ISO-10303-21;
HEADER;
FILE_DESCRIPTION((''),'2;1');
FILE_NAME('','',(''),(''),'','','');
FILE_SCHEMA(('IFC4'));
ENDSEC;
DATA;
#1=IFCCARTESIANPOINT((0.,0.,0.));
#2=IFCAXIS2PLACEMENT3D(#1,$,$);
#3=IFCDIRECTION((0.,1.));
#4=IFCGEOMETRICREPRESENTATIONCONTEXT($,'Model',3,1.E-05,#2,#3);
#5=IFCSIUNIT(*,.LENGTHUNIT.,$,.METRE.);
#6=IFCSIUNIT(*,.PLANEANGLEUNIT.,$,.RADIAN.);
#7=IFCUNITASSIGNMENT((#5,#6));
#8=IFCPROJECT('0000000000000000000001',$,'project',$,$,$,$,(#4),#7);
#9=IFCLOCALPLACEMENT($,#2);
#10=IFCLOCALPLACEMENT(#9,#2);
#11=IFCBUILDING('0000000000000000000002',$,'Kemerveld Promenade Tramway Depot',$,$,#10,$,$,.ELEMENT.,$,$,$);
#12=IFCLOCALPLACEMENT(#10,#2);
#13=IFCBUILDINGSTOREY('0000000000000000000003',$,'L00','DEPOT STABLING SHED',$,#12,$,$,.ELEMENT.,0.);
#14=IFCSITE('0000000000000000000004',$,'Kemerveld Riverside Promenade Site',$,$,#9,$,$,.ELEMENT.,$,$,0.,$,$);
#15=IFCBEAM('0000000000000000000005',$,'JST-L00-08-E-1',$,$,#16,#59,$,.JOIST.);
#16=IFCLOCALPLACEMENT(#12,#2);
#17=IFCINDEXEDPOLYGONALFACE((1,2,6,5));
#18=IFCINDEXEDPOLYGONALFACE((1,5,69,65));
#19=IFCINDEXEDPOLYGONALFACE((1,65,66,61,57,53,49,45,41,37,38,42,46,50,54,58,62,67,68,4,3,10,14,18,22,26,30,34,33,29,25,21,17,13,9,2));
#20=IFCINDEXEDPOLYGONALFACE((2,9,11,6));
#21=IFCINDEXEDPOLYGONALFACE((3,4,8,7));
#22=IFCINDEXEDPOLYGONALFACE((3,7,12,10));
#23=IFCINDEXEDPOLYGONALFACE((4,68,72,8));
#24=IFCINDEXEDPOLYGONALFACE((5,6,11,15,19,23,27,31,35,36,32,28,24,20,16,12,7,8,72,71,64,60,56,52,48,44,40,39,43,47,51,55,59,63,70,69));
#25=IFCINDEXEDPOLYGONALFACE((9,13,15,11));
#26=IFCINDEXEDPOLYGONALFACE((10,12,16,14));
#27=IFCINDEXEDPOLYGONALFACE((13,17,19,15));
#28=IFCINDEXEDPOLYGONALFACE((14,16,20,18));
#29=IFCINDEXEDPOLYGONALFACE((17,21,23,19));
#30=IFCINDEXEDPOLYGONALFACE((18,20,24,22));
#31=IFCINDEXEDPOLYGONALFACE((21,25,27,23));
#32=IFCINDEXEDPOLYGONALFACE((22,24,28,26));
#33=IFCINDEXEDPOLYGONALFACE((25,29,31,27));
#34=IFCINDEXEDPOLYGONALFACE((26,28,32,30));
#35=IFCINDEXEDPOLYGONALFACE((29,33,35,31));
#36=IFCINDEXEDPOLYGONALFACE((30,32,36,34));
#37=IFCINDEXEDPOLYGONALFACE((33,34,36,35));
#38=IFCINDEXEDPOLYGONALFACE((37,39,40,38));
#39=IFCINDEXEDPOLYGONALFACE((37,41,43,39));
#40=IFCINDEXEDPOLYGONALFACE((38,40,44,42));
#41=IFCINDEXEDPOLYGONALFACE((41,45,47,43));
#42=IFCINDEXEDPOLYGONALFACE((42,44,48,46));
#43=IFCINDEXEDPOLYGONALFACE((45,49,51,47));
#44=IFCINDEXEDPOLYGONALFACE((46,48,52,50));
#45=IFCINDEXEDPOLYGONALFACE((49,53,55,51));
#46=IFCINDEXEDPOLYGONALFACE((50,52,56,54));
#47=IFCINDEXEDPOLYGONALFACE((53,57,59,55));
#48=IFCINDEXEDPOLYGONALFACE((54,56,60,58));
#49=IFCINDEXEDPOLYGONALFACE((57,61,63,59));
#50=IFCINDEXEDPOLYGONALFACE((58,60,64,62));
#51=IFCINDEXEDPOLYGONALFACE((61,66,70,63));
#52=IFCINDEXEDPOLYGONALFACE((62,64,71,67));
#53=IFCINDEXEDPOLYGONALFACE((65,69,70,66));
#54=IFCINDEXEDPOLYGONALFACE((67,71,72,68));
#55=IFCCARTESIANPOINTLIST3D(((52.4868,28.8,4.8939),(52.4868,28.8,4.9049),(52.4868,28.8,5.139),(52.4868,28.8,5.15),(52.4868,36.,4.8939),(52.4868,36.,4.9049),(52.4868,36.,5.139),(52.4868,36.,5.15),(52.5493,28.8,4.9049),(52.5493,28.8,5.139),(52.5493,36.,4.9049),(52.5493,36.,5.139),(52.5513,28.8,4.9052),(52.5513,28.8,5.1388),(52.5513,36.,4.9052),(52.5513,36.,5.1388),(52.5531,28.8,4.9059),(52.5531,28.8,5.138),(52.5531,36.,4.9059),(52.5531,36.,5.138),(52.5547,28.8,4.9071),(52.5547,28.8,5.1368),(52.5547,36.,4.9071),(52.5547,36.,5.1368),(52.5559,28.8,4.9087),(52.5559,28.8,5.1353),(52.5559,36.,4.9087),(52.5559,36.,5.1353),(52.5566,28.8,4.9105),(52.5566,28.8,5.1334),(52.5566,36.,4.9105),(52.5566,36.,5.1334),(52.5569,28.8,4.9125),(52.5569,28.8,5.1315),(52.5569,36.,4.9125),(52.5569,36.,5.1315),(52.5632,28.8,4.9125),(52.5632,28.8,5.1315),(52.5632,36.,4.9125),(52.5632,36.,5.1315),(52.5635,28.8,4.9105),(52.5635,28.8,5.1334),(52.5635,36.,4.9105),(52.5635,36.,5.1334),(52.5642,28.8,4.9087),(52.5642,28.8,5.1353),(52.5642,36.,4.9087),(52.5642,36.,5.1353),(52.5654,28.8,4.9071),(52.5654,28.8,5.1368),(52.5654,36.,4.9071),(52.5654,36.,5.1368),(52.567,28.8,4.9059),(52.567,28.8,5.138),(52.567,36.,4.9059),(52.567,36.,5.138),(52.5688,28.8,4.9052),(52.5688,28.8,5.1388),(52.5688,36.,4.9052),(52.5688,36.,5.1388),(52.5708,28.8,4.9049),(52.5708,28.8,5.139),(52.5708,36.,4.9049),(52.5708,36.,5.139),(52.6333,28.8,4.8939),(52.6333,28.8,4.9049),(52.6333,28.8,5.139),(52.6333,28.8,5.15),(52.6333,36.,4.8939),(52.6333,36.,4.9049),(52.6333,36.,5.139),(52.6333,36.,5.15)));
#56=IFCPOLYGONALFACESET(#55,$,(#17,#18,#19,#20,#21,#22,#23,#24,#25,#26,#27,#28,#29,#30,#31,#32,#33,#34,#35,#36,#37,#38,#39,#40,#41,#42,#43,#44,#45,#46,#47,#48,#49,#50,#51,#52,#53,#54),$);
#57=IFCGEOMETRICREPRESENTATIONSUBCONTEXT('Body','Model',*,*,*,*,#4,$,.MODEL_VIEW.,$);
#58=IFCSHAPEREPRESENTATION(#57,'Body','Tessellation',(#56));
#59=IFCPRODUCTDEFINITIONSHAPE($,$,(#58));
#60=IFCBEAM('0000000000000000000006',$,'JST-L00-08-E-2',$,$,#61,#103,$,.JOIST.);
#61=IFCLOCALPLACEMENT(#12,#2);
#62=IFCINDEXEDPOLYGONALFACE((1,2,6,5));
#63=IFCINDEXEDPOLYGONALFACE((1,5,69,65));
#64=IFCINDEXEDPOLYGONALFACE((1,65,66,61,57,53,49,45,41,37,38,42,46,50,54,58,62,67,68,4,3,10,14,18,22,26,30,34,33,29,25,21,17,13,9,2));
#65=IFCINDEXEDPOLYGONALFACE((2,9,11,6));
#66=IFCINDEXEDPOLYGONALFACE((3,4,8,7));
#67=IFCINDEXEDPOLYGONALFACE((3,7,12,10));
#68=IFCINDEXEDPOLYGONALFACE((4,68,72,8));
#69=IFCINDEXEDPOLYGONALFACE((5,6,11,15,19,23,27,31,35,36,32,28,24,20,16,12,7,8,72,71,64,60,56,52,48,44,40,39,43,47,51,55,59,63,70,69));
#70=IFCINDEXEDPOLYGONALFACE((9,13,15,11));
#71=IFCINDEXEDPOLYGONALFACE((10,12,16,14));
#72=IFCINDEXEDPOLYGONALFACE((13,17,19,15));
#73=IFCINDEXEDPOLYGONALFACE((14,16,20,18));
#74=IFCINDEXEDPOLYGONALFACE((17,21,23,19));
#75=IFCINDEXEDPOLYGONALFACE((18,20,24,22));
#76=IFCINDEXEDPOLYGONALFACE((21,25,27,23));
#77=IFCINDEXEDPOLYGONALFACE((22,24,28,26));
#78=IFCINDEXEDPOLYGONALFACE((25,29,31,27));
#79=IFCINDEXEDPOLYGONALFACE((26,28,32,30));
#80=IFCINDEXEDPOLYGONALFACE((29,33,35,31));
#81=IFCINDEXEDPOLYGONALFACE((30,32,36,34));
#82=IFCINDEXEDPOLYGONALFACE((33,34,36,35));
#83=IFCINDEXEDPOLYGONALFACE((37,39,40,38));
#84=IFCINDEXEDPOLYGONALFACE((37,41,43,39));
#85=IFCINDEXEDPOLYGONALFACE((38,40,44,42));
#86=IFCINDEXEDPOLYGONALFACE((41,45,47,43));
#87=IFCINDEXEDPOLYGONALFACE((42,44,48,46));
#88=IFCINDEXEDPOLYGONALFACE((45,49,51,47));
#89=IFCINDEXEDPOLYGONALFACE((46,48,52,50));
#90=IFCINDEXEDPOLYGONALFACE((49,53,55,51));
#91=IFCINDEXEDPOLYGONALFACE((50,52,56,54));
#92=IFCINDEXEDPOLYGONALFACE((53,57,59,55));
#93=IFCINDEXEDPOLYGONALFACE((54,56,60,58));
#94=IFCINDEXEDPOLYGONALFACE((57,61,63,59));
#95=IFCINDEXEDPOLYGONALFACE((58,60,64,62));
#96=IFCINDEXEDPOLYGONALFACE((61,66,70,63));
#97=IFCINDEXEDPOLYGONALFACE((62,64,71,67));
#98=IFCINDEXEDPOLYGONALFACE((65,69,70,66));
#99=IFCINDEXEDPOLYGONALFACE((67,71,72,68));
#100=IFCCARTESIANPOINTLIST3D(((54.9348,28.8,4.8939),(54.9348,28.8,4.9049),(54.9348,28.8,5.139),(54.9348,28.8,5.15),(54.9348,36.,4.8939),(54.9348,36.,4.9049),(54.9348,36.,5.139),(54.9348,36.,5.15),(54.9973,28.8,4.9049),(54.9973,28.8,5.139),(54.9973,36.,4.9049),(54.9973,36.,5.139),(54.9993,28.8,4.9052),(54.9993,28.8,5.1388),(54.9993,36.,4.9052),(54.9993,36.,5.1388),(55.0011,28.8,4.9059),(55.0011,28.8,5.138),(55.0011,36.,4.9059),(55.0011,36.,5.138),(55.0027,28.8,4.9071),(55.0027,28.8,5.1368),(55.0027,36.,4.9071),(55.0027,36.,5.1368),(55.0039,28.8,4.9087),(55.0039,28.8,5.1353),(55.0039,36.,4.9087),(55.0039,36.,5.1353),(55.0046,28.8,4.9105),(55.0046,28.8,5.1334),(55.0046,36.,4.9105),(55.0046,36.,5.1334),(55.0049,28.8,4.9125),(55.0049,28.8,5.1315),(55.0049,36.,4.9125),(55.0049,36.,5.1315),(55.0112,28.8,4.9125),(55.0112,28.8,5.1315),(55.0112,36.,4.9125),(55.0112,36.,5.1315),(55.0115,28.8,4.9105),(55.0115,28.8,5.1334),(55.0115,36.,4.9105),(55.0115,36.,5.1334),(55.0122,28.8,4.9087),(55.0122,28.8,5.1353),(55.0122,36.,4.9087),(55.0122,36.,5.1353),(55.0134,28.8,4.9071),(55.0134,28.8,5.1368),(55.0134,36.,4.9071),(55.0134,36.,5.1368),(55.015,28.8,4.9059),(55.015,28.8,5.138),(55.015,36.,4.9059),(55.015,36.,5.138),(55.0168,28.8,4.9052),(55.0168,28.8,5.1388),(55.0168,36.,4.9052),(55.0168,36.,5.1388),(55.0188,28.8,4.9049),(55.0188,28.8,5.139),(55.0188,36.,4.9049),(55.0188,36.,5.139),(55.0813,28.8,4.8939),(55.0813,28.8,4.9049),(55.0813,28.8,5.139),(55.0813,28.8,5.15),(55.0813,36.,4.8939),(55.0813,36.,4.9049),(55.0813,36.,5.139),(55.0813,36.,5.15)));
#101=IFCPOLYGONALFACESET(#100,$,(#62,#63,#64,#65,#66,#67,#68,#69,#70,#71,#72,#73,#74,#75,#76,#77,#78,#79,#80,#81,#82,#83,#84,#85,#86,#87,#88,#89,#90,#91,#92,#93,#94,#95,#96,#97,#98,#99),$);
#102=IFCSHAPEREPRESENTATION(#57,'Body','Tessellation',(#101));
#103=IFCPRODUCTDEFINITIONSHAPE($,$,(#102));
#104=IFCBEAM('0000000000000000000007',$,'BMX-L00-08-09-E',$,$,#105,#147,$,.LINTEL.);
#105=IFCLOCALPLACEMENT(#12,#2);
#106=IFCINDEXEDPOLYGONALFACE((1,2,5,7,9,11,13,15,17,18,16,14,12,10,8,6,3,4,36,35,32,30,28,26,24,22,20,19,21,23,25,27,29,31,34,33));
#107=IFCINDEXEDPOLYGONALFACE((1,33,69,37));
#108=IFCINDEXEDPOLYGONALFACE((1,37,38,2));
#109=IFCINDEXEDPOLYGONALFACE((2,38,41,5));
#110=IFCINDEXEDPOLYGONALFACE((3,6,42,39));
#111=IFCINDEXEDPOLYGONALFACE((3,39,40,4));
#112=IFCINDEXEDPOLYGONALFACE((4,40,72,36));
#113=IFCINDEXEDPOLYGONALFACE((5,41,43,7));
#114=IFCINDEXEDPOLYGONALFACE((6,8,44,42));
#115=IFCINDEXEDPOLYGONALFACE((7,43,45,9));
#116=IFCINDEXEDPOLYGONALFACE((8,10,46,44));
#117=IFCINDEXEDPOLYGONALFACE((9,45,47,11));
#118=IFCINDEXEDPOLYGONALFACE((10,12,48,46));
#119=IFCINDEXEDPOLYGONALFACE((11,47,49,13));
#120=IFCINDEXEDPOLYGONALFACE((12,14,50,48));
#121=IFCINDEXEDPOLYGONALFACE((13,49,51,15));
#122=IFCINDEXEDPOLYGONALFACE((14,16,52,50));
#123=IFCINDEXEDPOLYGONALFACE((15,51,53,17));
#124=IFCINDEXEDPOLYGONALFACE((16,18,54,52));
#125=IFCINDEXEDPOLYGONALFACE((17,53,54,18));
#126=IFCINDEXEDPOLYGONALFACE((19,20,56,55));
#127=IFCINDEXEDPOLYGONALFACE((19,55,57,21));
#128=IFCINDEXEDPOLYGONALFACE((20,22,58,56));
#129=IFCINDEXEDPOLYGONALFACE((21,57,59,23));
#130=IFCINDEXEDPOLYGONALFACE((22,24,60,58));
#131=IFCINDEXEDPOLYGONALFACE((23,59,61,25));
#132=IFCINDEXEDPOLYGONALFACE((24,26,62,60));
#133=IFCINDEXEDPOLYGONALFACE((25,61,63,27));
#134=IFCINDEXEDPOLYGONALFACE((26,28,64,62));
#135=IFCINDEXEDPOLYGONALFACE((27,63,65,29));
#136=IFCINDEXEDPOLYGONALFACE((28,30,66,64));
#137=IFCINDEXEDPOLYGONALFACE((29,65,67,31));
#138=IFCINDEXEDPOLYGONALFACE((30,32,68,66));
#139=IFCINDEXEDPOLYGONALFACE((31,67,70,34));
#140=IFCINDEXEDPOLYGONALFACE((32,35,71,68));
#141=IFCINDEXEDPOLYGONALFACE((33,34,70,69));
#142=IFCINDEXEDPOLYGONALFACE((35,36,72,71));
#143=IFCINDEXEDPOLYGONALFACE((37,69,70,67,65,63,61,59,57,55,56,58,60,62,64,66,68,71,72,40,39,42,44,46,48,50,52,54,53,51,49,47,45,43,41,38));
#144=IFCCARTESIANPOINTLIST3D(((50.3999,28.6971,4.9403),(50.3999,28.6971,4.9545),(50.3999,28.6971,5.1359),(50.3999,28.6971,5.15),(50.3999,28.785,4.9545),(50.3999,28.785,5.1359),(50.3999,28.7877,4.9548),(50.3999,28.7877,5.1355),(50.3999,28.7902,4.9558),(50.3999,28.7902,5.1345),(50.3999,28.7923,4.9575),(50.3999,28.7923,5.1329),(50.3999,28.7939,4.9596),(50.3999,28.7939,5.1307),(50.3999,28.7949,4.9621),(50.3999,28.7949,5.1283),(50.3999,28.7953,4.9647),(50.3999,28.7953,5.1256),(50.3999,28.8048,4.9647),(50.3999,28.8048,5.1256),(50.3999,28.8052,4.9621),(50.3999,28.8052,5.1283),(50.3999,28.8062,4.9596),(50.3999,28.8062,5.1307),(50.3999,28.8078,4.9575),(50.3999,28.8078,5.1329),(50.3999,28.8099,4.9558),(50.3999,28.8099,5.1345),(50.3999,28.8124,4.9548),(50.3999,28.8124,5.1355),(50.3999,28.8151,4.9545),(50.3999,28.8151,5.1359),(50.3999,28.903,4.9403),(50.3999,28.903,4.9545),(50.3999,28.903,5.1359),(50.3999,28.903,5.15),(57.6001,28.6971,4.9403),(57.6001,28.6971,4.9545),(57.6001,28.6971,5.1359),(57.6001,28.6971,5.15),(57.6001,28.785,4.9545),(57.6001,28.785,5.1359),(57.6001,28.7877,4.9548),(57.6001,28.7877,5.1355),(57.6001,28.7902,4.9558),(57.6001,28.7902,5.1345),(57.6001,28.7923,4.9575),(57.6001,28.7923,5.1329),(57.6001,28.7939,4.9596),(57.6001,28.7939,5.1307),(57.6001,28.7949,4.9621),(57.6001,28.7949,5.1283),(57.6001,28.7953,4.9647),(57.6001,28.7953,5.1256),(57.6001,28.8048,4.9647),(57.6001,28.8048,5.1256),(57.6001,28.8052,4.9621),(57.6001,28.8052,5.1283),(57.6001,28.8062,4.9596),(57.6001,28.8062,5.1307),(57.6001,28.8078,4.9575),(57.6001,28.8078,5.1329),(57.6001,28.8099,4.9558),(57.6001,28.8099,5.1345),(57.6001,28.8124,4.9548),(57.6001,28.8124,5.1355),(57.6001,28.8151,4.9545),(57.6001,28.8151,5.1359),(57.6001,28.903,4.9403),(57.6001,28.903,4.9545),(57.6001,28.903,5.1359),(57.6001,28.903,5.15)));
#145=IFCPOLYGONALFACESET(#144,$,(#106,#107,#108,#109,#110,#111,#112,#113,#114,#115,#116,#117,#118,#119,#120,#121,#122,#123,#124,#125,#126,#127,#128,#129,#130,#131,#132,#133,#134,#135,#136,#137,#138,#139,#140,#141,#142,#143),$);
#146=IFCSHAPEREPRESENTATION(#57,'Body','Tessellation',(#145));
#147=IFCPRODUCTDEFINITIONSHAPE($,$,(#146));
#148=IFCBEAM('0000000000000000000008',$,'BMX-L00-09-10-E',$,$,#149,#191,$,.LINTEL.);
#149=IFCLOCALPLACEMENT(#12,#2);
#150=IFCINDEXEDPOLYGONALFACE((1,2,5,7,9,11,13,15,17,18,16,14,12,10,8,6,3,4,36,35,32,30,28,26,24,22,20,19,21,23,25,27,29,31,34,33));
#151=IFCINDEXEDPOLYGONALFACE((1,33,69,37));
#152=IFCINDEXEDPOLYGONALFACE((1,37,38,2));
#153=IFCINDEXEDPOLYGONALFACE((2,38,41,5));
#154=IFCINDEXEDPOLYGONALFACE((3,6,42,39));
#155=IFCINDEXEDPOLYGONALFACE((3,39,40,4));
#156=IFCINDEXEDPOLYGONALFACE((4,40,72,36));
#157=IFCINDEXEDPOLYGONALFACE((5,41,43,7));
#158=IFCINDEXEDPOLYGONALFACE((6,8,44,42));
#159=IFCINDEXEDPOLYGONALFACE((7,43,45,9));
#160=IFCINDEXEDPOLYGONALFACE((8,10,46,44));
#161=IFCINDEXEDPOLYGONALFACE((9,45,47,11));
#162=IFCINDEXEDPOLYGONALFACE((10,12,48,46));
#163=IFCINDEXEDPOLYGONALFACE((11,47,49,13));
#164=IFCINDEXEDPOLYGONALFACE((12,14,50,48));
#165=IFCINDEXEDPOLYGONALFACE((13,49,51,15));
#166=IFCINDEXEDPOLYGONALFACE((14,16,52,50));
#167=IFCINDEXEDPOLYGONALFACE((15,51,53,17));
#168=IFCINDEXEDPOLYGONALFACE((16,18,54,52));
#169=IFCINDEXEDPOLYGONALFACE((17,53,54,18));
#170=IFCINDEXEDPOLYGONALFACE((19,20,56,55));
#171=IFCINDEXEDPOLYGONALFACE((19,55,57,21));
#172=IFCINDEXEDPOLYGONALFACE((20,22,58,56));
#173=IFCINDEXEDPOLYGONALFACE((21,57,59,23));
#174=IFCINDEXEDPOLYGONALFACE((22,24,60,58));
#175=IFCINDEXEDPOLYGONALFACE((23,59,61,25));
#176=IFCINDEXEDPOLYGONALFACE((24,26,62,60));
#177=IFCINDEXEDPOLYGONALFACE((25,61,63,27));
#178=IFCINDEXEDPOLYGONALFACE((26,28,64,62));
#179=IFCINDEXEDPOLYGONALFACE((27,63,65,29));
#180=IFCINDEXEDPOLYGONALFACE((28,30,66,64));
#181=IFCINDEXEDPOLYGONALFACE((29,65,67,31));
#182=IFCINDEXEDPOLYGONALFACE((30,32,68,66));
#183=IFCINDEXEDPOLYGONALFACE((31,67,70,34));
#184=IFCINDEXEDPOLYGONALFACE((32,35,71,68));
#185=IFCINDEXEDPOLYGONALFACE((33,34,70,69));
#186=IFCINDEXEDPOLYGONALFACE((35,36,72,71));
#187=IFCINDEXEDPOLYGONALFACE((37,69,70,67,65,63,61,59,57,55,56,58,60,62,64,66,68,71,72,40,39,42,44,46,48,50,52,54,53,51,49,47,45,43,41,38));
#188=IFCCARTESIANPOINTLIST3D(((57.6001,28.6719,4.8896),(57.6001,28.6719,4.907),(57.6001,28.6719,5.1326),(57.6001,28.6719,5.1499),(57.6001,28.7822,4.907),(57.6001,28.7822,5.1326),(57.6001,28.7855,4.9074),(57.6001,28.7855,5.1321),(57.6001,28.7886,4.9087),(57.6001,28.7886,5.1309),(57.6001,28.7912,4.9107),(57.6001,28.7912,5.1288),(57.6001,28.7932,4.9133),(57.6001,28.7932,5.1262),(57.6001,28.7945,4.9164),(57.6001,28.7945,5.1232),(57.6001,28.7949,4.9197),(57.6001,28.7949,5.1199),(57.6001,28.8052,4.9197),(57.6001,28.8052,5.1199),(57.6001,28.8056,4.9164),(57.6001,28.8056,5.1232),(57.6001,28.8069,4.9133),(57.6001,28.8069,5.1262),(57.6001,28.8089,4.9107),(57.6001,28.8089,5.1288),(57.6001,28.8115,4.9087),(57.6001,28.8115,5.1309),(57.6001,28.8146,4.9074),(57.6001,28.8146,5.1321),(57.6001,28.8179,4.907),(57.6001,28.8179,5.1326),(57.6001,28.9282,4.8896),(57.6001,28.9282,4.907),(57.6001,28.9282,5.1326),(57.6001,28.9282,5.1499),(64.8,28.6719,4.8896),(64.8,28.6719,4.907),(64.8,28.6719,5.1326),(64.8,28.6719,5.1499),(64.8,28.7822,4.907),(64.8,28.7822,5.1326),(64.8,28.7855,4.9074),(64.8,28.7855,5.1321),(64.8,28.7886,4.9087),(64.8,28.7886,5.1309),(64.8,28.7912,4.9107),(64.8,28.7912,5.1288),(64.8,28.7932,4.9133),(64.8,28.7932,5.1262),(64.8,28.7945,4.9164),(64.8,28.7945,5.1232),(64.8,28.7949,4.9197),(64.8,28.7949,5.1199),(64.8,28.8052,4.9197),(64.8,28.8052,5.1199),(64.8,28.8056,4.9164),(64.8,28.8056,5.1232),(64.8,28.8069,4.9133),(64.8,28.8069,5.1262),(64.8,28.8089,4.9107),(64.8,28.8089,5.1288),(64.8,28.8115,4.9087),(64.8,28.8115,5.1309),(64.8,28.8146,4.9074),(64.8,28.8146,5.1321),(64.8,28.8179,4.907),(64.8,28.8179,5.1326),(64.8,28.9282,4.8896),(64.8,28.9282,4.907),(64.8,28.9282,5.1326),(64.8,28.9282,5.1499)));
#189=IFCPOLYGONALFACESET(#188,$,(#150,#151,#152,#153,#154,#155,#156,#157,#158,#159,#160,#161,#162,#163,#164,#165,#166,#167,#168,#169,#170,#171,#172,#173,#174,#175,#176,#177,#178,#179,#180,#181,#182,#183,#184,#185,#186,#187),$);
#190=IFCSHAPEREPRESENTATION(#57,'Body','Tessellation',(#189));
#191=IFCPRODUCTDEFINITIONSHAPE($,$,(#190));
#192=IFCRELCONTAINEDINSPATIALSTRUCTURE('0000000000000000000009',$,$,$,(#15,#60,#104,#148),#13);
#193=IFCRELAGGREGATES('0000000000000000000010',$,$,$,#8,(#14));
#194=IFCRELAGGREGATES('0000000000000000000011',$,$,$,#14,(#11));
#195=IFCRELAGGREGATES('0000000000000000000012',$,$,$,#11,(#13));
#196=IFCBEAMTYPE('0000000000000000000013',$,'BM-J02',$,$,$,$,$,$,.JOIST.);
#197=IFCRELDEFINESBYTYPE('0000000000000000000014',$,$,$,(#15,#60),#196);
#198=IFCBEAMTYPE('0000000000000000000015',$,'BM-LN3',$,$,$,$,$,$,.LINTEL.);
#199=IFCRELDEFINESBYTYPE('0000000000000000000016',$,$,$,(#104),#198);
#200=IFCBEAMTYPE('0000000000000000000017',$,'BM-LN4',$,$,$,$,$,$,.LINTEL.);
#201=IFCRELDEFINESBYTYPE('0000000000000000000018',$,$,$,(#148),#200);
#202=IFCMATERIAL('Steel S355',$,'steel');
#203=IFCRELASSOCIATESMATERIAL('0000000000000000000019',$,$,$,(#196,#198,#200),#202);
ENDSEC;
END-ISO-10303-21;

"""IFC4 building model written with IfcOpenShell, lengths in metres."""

from ifc_helpers import new_model, si_unit, direction, frame, origin, origin_2d, place, context, subcontext, project, spatial, i_section, extrude, material, material_profile, profile_set, type_object, element, save


model = new_model("IFC4")

# Units and contexts
model_context = context("Model", 3, precision=1e-05, world=origin(), true_north=direction((0.0, 1.0)))
body_context = subcontext(model_context, "Body", "Model", "MODEL_VIEW")
ifc_project = project(units=[si_unit("LENGTHUNIT", "METRE"), si_unit("PLANEANGLEUNIT", "RADIAN")], contexts=[model_context])

# Site, building, storey
site_placement = place(None, origin())
site = spatial("IfcSite", under=ifc_project, at=site_placement, Name="Kemerveld Riverside Promenade Site", CompositionType="ELEMENT", RefElevation=0.0)
building_placement = place(site_placement, origin())
building = spatial("IfcBuilding", under=site, at=building_placement, Name="Kemerveld Promenade Tramway Depot", CompositionType="ELEMENT")
storey_placement = place(building_placement, origin())
storey = spatial("IfcBuildingStorey", under=building, at=storey_placement, Name="L00", Description="DEPOT STABLING SHED", CompositionType="ELEMENT", Elevation=0.0)

# Shared definitions
ifc_material_1 = material(Name="Steel S355", Category="steel")

# Beams
ifc_material_profile_1 = material_profile(ifc_material_1, i_section(OverallWidth=0.1465, OverallDepth=0.2561, WebThickness=0.0063, FlangeThickness=0.011, FilletRadius=0.0076, at=origin_2d()), Name="254x146x37 UB")
ifc_profile_set_1 = profile_set([ifc_material_profile_1], Name="Steel S355")
beam_type_1 = type_object("IfcBeamType", Name="BM-J02", PredefinedType="JOIST", material=ifc_profile_set_1)
for number, where, z_axis, x_axis, name in (
    (1, (52.5601, 28.8, 5.022), (0.0, 1.0, 0.0), (-1.0, 0.0, 0.0), "JST-L00-08-E-1"),
    (2, (55.0081, 28.8, 5.022), (0.0, 1.0, 0.0), (-1.0, 0.0, 0.0), "JST-L00-08-E-2"),
):
    element("IfcBeam", number, at=place(storey_placement, frame(where, z_axis=z_axis, x_axis=x_axis)), inside=storey, type_object=beam_type_1, Name=name, PredefinedType="JOIST", context=body_context, shape_type="SweptSolid", body=[
        extrude(i_section(OverallWidth=0.1465, OverallDepth=0.2561, WebThickness=0.0063, FlangeThickness=0.011, FilletRadius=0.0076, at=origin_2d()), origin(), (0.0, 0.0, 1.0), 7.2),
    ])
ifc_material_profile_2 = material_profile(ifc_material_1, i_section(OverallWidth=0.2058, OverallDepth=0.2097, WebThickness=0.0095, FlangeThickness=0.0142, FilletRadius=0.0103, at=origin_2d()), Name="203x203x60 UC")
ifc_profile_set_2 = profile_set([ifc_material_profile_2], Name="Steel S355")
beam_type_2 = type_object("IfcBeamType", Name="BM-LN3", PredefinedType="LINTEL", material=ifc_profile_set_2)
beam_1_placement = place(storey_placement, frame((50.3999, 28.8, 5.0452), z_axis=(1.0, 0.0, 0.0), x_axis=(0.0, 1.0, 0.0)))
element("IfcBeam", 3, at=beam_1_placement, inside=storey, type_object=beam_type_2, Name="BMX-L00-08-09-E", PredefinedType="LINTEL", context=body_context, shape_type="SweptSolid", body=[
    extrude(i_section(OverallWidth=0.2058, OverallDepth=0.2097, WebThickness=0.0095, FlangeThickness=0.0142, FilletRadius=0.0103, at=origin_2d()), origin(), (0.0, 0.0, 1.0), 7.2002),
])
ifc_material_profile_3 = material_profile(ifc_material_1, i_section(OverallWidth=0.2563, OverallDepth=0.2603, WebThickness=0.0103, FlangeThickness=0.0173, FilletRadius=0.0127, at=origin_2d()), Name="254x254x89 UC")
ifc_profile_set_3 = profile_set([ifc_material_profile_3], Name="Steel S355")
beam_type_3 = type_object("IfcBeamType", Name="BM-LN4", PredefinedType="LINTEL", material=ifc_profile_set_3)
beam_2_placement = place(storey_placement, frame((57.6001, 28.8, 5.0198), z_axis=(1.0, 0.0, 0.0), x_axis=(0.0, 1.0, 0.0)))
element("IfcBeam", 4, at=beam_2_placement, inside=storey, type_object=beam_type_3, Name="BMX-L00-09-10-E", PredefinedType="LINTEL", context=body_context, shape_type="SweptSolid", body=[
    extrude(i_section(OverallWidth=0.2563, OverallDepth=0.2603, WebThickness=0.0103, FlangeThickness=0.0173, FilletRadius=0.0127, at=origin_2d()), origin(), (0.0, 0.0, 1.0), 7.2),
])

save(model, "model.ifc")
